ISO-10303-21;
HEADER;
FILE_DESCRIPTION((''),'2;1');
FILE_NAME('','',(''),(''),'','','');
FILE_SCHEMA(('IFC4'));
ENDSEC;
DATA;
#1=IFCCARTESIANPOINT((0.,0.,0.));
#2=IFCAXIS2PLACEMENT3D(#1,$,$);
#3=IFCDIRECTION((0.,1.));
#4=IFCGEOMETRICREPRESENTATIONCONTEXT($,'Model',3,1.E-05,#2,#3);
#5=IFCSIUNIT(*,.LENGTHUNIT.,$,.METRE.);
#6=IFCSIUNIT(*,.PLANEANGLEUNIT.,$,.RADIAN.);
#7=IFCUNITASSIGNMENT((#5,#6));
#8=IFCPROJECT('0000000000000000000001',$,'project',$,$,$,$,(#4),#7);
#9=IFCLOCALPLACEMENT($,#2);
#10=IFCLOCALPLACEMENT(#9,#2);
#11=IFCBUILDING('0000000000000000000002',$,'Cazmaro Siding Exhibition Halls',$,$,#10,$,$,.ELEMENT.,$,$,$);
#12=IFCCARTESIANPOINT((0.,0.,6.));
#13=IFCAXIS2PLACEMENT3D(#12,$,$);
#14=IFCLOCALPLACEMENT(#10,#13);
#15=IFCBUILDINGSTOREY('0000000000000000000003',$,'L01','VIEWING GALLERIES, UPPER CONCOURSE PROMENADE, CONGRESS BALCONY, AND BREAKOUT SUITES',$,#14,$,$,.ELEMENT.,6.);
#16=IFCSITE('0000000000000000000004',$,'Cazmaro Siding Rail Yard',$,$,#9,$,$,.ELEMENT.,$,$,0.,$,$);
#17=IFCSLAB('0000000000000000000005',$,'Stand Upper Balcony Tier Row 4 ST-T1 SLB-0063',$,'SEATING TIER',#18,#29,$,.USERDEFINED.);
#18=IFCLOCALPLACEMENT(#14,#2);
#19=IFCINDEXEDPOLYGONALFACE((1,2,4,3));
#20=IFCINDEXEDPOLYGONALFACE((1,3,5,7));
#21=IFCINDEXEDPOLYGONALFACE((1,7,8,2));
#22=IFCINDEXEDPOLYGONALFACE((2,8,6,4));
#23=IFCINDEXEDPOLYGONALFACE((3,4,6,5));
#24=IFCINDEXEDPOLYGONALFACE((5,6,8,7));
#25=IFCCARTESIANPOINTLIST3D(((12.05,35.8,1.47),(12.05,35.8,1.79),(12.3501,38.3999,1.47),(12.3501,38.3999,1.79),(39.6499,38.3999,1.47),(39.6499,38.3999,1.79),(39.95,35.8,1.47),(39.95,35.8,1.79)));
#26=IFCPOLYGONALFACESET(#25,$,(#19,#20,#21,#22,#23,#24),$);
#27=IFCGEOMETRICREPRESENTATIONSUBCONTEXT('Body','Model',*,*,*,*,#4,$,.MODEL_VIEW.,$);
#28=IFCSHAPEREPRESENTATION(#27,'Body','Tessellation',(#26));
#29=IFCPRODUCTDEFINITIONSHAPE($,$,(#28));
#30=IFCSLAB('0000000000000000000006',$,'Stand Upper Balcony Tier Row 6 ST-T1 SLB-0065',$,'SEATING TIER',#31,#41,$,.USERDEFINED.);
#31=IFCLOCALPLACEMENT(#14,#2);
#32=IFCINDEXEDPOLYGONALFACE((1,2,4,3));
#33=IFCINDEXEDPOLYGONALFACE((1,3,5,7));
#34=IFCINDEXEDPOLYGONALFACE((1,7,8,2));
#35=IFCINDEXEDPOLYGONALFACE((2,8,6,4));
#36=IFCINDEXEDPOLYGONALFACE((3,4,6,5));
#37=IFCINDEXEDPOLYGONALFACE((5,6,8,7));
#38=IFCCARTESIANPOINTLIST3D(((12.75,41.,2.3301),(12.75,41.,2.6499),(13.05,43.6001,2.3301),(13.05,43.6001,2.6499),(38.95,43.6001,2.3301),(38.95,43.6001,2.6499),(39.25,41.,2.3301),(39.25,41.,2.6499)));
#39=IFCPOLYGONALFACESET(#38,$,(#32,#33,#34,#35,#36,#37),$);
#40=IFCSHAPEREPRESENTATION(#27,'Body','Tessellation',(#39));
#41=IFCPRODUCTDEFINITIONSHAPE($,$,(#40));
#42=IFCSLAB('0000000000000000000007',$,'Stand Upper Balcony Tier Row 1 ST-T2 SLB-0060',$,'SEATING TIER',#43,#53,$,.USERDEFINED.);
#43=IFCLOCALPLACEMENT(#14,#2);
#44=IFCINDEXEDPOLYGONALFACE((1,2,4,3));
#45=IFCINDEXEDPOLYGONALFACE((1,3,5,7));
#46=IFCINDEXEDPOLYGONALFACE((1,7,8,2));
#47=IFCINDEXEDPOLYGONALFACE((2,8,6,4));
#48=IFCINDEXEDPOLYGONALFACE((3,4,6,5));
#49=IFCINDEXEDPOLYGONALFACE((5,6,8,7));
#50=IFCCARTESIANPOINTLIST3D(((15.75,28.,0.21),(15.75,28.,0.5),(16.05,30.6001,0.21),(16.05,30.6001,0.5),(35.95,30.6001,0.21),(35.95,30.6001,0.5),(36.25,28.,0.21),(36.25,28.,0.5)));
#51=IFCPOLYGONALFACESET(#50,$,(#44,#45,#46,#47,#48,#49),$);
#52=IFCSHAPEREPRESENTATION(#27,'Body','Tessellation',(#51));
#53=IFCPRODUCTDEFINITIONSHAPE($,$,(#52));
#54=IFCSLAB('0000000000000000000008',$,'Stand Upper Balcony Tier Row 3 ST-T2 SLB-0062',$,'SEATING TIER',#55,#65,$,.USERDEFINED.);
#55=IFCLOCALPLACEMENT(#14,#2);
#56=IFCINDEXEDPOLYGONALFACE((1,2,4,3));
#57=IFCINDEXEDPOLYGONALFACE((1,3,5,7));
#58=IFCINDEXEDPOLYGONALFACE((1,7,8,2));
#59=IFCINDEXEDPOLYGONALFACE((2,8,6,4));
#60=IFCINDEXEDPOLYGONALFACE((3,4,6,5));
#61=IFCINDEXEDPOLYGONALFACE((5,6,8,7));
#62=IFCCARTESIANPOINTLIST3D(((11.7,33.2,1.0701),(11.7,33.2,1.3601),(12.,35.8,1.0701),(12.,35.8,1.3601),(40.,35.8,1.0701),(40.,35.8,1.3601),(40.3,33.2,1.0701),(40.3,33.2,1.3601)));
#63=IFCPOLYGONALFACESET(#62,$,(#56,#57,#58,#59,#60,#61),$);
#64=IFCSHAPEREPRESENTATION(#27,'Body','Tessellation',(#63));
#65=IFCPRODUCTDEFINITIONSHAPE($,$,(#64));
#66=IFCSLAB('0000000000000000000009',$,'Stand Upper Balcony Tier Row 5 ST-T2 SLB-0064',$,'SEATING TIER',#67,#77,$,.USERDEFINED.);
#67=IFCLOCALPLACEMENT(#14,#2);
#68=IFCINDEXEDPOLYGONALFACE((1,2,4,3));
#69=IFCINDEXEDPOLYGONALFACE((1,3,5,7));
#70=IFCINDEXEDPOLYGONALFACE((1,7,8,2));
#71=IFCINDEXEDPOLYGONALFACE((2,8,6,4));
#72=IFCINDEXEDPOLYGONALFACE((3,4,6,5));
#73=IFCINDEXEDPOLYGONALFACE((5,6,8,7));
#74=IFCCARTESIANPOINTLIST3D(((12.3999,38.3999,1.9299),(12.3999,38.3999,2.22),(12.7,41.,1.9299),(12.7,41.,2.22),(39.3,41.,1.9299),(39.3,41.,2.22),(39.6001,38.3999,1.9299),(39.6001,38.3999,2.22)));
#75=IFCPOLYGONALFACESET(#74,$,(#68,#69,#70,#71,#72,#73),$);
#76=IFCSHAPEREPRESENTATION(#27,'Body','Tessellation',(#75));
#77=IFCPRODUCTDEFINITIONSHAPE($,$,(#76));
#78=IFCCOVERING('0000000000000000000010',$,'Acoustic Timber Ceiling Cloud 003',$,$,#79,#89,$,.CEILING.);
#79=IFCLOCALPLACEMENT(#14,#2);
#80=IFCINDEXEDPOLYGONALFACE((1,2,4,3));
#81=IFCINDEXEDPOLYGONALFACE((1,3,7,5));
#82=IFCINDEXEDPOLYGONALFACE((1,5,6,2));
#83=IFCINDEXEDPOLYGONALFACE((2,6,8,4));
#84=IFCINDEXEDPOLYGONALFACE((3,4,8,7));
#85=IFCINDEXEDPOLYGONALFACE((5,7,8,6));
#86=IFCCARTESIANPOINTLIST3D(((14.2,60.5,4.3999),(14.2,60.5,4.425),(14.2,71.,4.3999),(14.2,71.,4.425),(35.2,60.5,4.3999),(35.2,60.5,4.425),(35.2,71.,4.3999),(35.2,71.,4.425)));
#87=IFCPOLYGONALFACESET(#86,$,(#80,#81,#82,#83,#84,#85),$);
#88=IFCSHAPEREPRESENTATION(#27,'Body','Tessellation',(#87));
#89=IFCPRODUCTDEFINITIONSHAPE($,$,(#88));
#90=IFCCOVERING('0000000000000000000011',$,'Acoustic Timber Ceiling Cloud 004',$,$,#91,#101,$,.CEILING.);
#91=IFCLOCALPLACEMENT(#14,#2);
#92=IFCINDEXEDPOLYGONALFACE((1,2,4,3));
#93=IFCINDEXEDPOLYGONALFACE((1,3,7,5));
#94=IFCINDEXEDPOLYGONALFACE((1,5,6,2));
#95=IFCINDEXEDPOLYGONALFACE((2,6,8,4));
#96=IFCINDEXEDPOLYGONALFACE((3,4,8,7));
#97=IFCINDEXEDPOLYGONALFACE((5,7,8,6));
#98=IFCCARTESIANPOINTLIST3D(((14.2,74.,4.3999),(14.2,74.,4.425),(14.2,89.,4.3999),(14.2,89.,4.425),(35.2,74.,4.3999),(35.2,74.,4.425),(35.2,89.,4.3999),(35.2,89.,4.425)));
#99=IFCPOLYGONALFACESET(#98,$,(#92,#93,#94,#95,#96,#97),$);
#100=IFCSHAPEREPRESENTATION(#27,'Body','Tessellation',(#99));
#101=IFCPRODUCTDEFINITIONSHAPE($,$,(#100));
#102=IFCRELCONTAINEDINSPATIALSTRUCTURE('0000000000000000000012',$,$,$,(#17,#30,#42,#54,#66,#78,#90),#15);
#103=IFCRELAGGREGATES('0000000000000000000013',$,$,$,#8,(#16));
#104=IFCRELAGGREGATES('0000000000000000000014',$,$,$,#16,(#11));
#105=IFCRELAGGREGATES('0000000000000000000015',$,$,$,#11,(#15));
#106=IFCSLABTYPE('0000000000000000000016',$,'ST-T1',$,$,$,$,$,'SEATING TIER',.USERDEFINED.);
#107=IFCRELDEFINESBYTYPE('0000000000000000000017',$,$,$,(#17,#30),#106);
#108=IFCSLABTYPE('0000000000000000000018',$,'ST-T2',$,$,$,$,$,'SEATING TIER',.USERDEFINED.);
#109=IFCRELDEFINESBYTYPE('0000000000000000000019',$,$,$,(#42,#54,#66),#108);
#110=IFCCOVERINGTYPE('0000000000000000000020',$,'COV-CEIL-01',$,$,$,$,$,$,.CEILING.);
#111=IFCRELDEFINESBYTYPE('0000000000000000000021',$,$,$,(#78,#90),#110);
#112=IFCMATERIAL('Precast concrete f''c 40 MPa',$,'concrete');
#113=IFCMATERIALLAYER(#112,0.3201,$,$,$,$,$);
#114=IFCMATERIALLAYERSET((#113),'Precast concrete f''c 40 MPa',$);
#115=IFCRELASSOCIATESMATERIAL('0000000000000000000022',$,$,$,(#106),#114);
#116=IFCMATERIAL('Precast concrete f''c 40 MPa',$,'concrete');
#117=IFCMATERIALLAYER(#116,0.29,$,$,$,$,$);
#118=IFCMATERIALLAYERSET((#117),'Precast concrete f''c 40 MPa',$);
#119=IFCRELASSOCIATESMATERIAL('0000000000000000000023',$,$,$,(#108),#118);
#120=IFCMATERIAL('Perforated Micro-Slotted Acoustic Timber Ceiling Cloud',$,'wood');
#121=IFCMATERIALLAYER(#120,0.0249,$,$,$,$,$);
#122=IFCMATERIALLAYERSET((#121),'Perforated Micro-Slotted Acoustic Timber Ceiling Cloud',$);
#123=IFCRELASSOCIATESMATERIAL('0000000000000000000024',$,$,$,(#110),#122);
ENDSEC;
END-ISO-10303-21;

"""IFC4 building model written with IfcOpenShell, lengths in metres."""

from ifc_helpers import new_model, si_unit, direction, frame, origin, place, context, subcontext, project, spatial, polyline, outline, extrude, material, layer, layer_set, type_object, element, save


model = new_model("IFC4")

# Units and contexts
model_context = context("Model", 3, precision=1e-05, world=origin(), true_north=direction((0.0, 1.0)))
body_context = subcontext(model_context, "Body", "Model", "MODEL_VIEW")
ifc_project = project(units=[si_unit("LENGTHUNIT", "METRE"), si_unit("PLANEANGLEUNIT", "RADIAN")], contexts=[model_context])

# Site, building, storey
site_placement = place(None, origin())
site = spatial("IfcSite", under=ifc_project, at=site_placement, Name="Cazmaro Siding Rail Yard", CompositionType="ELEMENT", RefElevation=0.0)
building_placement = place(site_placement, origin())
building = spatial("IfcBuilding", under=site, at=building_placement, Name="Cazmaro Siding Exhibition Halls", CompositionType="ELEMENT")
storey_placement = place(building_placement, frame((0.0, 0.0, 6.0)))
storey = spatial("IfcBuildingStorey", under=building, at=storey_placement, Name="L01", Description="VIEWING GALLERIES, UPPER CONCOURSE PROMENADE, CONGRESS BALCONY, AND BREAKOUT SUITES", CompositionType="ELEMENT", Elevation=6.0)

# Slabs
ifc_material_1 = material(Name="Precast concrete f'c 40 MPa", Category="concrete")
ifc_layer_1 = layer(ifc_material_1, 0.3201)
ifc_layer_set_1 = layer_set([ifc_layer_1], Name="Precast concrete f'c 40 MPa")
slab_type_1 = type_object("IfcSlabType", Name="ST-T1", ElementType="SEATING TIER", PredefinedType="USERDEFINED", material=ifc_layer_set_1)
slab_1_placement = place(storey_placement, frame((0.0, 0.0, 1.47)))
element("IfcSlab", 1, at=slab_1_placement, inside=storey, type_object=slab_type_1, Name="Stand Upper Balcony Tier Row 4 ST-T1 SLB-0063", ObjectType="SEATING TIER", PredefinedType="USERDEFINED", context=body_context, shape_type="SweptSolid", body=[
    extrude(outline(polyline([(12.05, 35.8), (39.95, 35.8), (39.6499, 38.3999), (12.3501, 38.3999), (12.05, 35.8)])), origin(), (0.0, 0.0, 1.0), 0.3201),
])
slab_2_placement = place(storey_placement, frame((0.0, 0.0, 2.3301)))
element("IfcSlab", 2, at=slab_2_placement, inside=storey, type_object=slab_type_1, Name="Stand Upper Balcony Tier Row 6 ST-T1 SLB-0065", ObjectType="SEATING TIER", PredefinedType="USERDEFINED", context=body_context, shape_type="SweptSolid", body=[
    extrude(outline(polyline([(12.75, 41.0), (39.25, 41.0), (38.95, 43.6001), (13.05, 43.6001), (12.75, 41.0)])), origin(), (0.0, 0.0, 1.0), 0.3198),
])
ifc_material_2 = material(Name="Precast concrete f'c 40 MPa", Category="concrete")
ifc_layer_2 = layer(ifc_material_2, 0.29)
ifc_layer_set_2 = layer_set([ifc_layer_2], Name="Precast concrete f'c 40 MPa")
slab_type_2 = type_object("IfcSlabType", Name="ST-T2", ElementType="SEATING TIER", PredefinedType="USERDEFINED", material=ifc_layer_set_2)
slab_3_placement = place(storey_placement, frame((0.0, 0.0, 0.21)))
element("IfcSlab", 3, at=slab_3_placement, inside=storey, type_object=slab_type_2, Name="Stand Upper Balcony Tier Row 1 ST-T2 SLB-0060", ObjectType="SEATING TIER", PredefinedType="USERDEFINED", context=body_context, shape_type="SweptSolid", body=[
    extrude(outline(polyline([(15.75, 28.0), (36.25, 28.0), (35.95, 30.6001), (16.05, 30.6001), (15.75, 28.0)])), origin(), (0.0, 0.0, 1.0), 0.29),
])
slab_4_placement = place(storey_placement, frame((0.0, 0.0, 1.0701)))
element("IfcSlab", 4, at=slab_4_placement, inside=storey, type_object=slab_type_2, Name="Stand Upper Balcony Tier Row 3 ST-T2 SLB-0062", ObjectType="SEATING TIER", PredefinedType="USERDEFINED", context=body_context, shape_type="SweptSolid", body=[
    extrude(outline(polyline([(11.7, 33.2), (40.3, 33.2), (40.0, 35.8), (12.0, 35.8), (11.7, 33.2)])), origin(), (0.0, 0.0, 1.0), 0.29),
])
slab_5_placement = place(storey_placement, frame((0.0, 0.0, 1.9299)))
element("IfcSlab", 5, at=slab_5_placement, inside=storey, type_object=slab_type_2, Name="Stand Upper Balcony Tier Row 5 ST-T2 SLB-0064", ObjectType="SEATING TIER", PredefinedType="USERDEFINED", context=body_context, shape_type="SweptSolid", body=[
    extrude(outline(polyline([(12.3999, 38.3999), (39.6001, 38.3999), (39.3, 41.0), (12.7, 41.0), (12.3999, 38.3999)])), origin(), (0.0, 0.0, 1.0), 0.29),
])

# Coverings
ifc_material_3 = material(Name="Perforated Micro-Slotted Acoustic Timber Ceiling Cloud", Category="wood")
ifc_layer_3 = layer(ifc_material_3, 0.0249)
ifc_layer_set_3 = layer_set([ifc_layer_3], Name="Perforated Micro-Slotted Acoustic Timber Ceiling Cloud")
covering_type = type_object("IfcCoveringType", Name="COV-CEIL-01", PredefinedType="CEILING", material=ifc_layer_set_3)
covering_1_placement = place(storey_placement, frame((0.0, 0.0, 4.3999)))
element("IfcCovering", 6, at=covering_1_placement, inside=storey, type_object=covering_type, Name="Acoustic Timber Ceiling Cloud 003", PredefinedType="CEILING", context=body_context, shape_type="SweptSolid", body=[
    extrude(outline(polyline([(14.2, 60.5), (35.2, 60.5), (35.2, 71.0), (14.2, 71.0), (14.2, 60.5)])), origin(), (0.0, 0.0, 1.0), 0.0251),
])
covering_2_placement = place(storey_placement, frame((0.0, 0.0, 4.3999)))
element("IfcCovering", 7, at=covering_2_placement, inside=storey, type_object=covering_type, Name="Acoustic Timber Ceiling Cloud 004", PredefinedType="CEILING", context=body_context, shape_type="SweptSolid", body=[
    extrude(outline(polyline([(14.2, 74.0), (35.2, 74.0), (35.2, 89.0), (14.2, 89.0), (14.2, 74.0)])), origin(), (0.0, 0.0, 1.0), 0.0251),
])

save(model, "model.ifc")
